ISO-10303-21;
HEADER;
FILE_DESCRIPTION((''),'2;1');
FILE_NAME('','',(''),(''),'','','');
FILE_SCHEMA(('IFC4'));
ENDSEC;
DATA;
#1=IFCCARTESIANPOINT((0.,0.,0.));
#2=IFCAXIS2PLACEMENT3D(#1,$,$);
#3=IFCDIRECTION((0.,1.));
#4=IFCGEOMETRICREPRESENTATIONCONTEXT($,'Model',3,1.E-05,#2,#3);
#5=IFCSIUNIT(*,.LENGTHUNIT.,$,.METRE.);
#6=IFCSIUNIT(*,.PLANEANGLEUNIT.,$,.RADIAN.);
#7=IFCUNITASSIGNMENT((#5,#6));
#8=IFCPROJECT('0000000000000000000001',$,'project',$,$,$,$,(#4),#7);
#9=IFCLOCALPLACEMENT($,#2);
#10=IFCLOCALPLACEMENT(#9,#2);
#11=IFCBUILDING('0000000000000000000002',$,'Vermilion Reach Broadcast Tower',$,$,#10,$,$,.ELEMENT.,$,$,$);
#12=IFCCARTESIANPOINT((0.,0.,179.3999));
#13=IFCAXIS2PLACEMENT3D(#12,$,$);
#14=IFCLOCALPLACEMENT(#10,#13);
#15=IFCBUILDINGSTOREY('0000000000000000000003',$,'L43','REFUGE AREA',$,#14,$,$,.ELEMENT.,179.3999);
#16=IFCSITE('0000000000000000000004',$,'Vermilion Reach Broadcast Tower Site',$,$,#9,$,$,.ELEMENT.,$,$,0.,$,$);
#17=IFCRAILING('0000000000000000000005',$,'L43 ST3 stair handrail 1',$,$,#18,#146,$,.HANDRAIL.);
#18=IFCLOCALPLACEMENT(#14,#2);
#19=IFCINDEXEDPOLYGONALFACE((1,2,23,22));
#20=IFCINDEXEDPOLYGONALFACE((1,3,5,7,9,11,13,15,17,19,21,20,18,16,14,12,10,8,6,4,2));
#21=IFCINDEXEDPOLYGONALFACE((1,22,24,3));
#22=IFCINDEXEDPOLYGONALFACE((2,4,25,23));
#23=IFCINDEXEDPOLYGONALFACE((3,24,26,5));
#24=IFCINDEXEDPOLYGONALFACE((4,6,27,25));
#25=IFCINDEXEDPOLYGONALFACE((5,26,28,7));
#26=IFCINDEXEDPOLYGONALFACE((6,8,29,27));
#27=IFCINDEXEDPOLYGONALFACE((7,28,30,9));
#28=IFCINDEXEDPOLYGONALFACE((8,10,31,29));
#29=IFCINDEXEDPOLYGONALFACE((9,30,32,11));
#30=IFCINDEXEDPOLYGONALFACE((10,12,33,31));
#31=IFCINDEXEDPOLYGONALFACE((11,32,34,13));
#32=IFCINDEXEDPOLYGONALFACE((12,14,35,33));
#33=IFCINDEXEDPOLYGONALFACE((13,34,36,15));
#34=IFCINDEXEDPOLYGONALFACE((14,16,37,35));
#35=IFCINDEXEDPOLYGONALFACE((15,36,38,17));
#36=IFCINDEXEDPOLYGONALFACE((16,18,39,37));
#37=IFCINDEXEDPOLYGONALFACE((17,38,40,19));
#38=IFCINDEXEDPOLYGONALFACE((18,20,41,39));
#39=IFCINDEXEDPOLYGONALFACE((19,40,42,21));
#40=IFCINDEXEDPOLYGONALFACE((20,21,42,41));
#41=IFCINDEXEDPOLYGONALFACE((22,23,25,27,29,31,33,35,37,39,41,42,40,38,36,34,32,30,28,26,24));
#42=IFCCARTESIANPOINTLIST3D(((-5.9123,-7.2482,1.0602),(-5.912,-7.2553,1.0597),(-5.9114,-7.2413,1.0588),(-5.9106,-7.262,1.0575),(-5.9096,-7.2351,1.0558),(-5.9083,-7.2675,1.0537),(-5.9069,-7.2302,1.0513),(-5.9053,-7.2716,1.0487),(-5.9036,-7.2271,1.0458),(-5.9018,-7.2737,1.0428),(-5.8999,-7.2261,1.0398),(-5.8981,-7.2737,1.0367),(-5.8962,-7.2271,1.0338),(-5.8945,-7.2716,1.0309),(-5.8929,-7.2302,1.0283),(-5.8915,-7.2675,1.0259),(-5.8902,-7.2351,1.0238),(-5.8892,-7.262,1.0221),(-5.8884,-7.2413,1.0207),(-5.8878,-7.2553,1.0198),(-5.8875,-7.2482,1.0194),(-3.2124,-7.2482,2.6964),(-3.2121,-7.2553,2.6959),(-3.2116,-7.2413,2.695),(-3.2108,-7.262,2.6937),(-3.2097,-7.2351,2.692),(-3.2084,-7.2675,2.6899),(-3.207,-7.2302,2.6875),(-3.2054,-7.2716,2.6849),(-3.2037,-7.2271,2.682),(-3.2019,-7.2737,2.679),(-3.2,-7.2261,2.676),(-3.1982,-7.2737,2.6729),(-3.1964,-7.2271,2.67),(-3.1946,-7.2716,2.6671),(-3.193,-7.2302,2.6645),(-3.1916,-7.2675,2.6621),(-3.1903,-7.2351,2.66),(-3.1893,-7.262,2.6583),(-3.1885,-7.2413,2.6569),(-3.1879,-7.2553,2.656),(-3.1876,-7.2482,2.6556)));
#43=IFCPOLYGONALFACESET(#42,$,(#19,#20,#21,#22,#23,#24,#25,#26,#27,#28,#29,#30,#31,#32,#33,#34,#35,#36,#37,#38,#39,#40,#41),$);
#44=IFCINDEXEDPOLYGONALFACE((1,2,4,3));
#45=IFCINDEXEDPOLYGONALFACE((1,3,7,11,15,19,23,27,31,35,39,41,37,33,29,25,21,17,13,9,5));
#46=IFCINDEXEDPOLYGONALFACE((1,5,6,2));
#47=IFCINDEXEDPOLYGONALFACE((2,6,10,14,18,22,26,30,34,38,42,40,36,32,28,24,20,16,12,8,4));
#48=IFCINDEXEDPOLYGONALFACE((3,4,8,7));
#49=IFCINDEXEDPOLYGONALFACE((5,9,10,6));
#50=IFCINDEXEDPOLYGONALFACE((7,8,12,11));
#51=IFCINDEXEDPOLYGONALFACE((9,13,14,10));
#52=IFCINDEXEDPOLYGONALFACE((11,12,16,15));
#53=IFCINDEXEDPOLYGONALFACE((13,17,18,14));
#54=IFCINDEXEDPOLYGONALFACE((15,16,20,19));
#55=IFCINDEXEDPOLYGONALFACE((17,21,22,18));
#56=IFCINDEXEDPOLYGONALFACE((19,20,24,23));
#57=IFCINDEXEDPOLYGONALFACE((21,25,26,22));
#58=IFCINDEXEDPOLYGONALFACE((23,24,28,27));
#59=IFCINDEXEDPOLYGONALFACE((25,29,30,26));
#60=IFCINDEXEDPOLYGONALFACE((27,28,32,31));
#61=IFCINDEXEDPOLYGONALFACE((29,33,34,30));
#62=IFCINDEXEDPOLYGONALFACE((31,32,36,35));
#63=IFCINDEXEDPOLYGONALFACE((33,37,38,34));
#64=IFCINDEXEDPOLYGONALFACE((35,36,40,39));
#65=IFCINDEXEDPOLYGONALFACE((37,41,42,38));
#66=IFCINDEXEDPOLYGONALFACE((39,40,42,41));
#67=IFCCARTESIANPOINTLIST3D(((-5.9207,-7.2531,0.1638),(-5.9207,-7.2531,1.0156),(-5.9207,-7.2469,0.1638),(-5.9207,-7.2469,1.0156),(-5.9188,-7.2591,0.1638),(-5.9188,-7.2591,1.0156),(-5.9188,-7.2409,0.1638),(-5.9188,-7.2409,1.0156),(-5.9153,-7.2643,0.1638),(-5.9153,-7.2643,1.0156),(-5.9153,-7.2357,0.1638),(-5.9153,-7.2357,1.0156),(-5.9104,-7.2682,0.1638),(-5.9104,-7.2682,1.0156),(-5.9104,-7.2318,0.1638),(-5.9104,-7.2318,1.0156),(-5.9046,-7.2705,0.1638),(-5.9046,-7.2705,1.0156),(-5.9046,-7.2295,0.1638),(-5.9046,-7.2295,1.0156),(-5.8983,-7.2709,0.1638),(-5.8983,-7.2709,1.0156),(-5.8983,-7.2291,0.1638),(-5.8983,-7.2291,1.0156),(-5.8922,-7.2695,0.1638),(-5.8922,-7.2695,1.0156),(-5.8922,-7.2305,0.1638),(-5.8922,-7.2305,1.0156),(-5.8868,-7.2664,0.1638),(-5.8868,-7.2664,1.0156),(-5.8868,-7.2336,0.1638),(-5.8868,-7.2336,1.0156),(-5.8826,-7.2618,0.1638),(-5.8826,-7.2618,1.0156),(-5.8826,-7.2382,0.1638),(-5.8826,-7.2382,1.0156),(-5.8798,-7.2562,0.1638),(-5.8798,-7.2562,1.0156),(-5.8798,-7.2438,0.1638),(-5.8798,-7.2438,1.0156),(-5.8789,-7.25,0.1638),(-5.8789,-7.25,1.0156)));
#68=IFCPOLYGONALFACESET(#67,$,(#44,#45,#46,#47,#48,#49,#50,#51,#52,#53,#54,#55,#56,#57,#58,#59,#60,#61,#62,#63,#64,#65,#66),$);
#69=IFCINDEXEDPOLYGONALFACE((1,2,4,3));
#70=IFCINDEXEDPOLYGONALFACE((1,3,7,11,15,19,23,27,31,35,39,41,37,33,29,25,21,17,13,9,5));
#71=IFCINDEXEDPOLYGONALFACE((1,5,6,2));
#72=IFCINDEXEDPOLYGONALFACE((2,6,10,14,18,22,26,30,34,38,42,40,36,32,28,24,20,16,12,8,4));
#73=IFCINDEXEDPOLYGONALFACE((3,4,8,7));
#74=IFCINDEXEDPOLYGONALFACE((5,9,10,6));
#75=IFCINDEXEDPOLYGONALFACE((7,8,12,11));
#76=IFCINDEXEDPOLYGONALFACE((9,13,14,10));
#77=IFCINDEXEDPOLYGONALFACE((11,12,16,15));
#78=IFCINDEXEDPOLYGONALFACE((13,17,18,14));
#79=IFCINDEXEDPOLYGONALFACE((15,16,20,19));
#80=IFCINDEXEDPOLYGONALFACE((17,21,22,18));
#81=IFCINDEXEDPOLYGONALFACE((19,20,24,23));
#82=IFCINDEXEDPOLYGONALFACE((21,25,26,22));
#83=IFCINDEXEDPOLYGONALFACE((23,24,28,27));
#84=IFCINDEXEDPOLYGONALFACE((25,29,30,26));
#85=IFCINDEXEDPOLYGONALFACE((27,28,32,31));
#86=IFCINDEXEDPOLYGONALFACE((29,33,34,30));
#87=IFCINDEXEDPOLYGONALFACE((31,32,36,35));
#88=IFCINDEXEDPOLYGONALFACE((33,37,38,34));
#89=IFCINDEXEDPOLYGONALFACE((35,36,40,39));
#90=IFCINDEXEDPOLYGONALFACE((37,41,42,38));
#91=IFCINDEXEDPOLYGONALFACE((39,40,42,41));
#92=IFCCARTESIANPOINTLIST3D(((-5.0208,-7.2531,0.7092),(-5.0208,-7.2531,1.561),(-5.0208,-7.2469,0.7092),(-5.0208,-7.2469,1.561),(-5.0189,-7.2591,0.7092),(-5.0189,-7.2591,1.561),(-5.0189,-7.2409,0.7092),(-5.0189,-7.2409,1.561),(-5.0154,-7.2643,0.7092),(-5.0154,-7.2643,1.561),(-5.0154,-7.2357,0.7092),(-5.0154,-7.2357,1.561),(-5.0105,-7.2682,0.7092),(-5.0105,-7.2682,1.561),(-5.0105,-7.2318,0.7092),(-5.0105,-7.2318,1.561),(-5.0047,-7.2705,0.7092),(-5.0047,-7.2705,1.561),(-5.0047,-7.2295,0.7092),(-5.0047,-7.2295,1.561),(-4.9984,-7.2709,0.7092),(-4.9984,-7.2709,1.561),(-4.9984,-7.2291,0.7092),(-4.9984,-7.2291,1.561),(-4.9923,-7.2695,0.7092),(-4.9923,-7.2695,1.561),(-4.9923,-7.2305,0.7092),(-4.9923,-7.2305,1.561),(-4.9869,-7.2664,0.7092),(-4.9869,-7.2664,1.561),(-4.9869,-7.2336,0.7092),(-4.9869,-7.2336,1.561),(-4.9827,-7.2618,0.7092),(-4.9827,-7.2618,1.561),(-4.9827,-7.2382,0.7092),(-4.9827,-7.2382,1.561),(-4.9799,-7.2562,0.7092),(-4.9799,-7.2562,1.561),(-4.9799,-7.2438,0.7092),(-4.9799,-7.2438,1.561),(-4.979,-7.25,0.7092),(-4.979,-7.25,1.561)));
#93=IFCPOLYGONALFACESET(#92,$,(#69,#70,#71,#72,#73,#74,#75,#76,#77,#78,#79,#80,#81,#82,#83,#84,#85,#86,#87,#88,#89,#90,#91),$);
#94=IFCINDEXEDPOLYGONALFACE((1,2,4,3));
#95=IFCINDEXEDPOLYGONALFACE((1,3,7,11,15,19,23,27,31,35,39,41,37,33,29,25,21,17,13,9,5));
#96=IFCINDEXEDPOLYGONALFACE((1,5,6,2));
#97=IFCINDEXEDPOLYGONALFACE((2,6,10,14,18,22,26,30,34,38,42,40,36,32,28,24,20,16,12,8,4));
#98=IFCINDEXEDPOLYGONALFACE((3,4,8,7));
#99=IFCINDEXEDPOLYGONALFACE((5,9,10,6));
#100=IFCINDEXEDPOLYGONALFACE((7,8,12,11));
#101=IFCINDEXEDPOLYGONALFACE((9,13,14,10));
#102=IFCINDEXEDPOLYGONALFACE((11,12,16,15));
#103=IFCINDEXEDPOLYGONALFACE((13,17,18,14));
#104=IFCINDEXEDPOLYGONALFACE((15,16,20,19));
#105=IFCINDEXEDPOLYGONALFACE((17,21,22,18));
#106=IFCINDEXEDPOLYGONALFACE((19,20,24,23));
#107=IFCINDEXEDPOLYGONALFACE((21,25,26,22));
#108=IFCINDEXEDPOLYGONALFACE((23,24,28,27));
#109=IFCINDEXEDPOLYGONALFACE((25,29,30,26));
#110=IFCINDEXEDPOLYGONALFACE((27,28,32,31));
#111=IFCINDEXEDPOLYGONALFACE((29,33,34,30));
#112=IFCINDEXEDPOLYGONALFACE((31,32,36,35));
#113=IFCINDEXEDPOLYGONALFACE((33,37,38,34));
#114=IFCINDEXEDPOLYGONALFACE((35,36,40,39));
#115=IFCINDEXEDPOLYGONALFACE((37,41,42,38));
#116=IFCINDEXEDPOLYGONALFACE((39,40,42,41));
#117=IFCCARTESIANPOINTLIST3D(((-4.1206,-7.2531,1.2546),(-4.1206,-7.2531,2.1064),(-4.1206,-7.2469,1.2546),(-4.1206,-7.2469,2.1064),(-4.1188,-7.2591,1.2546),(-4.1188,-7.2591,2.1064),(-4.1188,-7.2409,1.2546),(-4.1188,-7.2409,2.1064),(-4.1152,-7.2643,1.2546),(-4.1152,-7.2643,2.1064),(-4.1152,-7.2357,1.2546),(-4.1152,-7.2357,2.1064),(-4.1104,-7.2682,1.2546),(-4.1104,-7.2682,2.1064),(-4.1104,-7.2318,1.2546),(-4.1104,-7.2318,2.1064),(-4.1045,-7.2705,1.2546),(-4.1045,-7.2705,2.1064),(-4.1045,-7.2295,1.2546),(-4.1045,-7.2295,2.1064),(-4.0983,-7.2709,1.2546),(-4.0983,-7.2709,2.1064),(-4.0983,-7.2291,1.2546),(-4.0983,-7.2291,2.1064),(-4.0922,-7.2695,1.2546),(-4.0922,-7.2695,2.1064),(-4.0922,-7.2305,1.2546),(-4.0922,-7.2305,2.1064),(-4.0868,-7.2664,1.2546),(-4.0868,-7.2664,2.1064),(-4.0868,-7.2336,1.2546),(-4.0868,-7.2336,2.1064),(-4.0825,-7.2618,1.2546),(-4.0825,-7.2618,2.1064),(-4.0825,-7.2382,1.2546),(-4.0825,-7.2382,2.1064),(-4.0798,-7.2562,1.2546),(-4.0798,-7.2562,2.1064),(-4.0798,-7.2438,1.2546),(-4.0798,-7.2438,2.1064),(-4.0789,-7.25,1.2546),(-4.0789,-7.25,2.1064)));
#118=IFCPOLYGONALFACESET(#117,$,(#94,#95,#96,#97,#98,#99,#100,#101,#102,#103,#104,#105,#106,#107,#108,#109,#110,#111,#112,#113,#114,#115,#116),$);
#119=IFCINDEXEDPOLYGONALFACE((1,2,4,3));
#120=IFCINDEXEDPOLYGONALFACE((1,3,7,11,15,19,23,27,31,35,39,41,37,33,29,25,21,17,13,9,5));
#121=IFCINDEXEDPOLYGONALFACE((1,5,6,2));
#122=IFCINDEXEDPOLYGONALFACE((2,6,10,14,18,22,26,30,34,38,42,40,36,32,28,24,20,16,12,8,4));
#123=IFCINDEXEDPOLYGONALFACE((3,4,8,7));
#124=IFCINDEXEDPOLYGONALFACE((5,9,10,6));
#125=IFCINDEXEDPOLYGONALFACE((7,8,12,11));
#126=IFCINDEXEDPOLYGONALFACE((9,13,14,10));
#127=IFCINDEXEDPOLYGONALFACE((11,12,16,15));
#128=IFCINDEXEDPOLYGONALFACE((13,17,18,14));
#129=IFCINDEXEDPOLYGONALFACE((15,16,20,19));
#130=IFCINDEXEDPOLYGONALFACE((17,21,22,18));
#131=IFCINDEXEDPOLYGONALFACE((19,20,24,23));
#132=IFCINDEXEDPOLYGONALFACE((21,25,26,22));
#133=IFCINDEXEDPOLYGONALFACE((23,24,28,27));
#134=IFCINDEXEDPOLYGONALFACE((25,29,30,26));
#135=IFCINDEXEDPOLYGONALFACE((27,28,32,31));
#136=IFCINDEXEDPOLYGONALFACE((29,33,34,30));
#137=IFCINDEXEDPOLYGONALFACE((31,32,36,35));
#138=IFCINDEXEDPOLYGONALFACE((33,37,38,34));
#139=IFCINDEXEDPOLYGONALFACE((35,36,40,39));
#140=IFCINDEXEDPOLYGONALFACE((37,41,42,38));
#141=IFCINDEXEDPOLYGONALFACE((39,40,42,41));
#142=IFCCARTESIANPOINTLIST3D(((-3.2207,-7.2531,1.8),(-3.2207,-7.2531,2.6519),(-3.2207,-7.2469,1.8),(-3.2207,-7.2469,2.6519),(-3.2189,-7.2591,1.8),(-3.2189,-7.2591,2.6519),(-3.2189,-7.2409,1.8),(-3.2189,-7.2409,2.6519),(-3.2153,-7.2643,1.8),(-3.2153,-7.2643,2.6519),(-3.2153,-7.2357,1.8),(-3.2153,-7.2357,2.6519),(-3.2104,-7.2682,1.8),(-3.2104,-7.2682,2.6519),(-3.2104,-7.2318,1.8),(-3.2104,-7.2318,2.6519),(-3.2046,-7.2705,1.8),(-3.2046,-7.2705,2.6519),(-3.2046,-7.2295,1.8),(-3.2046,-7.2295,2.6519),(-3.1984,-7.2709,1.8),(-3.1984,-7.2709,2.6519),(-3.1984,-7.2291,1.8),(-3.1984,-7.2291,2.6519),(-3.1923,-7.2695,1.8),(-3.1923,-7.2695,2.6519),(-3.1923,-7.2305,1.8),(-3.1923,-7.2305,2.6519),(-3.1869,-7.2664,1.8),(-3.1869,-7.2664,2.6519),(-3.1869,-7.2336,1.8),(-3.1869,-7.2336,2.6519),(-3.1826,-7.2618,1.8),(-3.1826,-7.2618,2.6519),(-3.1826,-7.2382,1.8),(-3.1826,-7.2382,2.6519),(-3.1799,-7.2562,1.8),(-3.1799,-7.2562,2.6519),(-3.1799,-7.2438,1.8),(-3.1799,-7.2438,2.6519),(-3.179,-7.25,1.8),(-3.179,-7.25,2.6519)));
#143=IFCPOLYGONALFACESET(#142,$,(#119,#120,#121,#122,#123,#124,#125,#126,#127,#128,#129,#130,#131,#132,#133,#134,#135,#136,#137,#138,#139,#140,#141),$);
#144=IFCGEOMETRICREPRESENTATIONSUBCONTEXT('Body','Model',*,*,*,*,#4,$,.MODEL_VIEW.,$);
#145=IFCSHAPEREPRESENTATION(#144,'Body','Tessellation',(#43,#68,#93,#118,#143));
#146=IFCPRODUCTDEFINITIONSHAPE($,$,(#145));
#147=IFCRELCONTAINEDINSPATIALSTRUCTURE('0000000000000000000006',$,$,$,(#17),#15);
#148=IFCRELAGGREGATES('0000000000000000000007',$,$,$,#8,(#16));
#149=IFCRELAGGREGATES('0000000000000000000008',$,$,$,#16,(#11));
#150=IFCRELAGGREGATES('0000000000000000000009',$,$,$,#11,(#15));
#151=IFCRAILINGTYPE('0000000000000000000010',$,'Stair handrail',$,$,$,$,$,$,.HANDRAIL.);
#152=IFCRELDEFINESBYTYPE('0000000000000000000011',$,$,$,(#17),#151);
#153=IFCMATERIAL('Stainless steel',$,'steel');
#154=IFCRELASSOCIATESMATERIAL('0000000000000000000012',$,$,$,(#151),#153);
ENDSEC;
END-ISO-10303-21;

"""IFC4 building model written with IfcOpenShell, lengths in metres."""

from ifc_helpers import new_model, si_unit, direction, frame, origin, origin_2d, place, context, subcontext, project, spatial, circle, extrude, material, type_object, element, save


model = new_model("IFC4")

# Units and contexts
model_context = context("Model", 3, precision=1e-05, world=origin(), true_north=direction((0.0, 1.0)))
body_context = subcontext(model_context, "Body", "Model", "MODEL_VIEW")
ifc_project = project(units=[si_unit("LENGTHUNIT", "METRE"), si_unit("PLANEANGLEUNIT", "RADIAN")], contexts=[model_context])

# Site, building, storey
site_placement = place(None, origin())
site = spatial("IfcSite", under=ifc_project, at=site_placement, Name="Vermilion Reach Broadcast Tower Site", CompositionType="ELEMENT", RefElevation=0.0)
building_placement = place(site_placement, origin())
building = spatial("IfcBuilding", under=site, at=building_placement, Name="Vermilion Reach Broadcast Tower", CompositionType="ELEMENT")
storey_placement = place(building_placement, frame((0.0, 0.0, 179.3999)))
storey = spatial("IfcBuildingStorey", under=building, at=storey_placement, Name="L43", Description="REFUGE AREA", CompositionType="ELEMENT", Elevation=179.3999)

# Railing
ifc_material_1 = material(Name="Stainless steel", Category="steel")
railing_type_1 = type_object("IfcRailingType", Name="Stair handrail", PredefinedType="HANDRAIL", material=ifc_material_1)
railing_1_placement = place(storey_placement, frame((-5.8999, -7.25, 0.1638)))
element("IfcRailing", 1, at=railing_1_placement, inside=storey, type_object=railing_type_1, Name="L43 ST3 stair handrail 1", PredefinedType="HANDRAIL", context=body_context, shape_type="SweptSolid", body=[
    extrude(circle(Radius=0.0239, at=origin_2d()), frame((0.0, 0.0, 0.876), z_axis=(0.855212, 0.0, 0.518278), x_axis=(0.0, 1.0, 0.0)), (0.0, 0.0, 1.0), 3.157),
    extrude(circle(Radius=0.021, at=origin_2d()), origin(), (0.0, 0.0, 1.0), 0.8518),
    extrude(circle(Radius=0.021, at=origin_2d()), frame((0.8999, 0.0, 0.5454)), (0.0, 0.0, 1.0), 0.8518),
    extrude(circle(Radius=0.021, at=origin_2d()), frame((1.8, 0.0, 1.0908)), (0.0, 0.0, 1.0), 0.8518),
    extrude(circle(Radius=0.021, at=origin_2d()), frame((2.7, 0.0, 1.6362)), (0.0, 0.0, 1.0), 0.8518),
])

save(model, "model.ifc")
